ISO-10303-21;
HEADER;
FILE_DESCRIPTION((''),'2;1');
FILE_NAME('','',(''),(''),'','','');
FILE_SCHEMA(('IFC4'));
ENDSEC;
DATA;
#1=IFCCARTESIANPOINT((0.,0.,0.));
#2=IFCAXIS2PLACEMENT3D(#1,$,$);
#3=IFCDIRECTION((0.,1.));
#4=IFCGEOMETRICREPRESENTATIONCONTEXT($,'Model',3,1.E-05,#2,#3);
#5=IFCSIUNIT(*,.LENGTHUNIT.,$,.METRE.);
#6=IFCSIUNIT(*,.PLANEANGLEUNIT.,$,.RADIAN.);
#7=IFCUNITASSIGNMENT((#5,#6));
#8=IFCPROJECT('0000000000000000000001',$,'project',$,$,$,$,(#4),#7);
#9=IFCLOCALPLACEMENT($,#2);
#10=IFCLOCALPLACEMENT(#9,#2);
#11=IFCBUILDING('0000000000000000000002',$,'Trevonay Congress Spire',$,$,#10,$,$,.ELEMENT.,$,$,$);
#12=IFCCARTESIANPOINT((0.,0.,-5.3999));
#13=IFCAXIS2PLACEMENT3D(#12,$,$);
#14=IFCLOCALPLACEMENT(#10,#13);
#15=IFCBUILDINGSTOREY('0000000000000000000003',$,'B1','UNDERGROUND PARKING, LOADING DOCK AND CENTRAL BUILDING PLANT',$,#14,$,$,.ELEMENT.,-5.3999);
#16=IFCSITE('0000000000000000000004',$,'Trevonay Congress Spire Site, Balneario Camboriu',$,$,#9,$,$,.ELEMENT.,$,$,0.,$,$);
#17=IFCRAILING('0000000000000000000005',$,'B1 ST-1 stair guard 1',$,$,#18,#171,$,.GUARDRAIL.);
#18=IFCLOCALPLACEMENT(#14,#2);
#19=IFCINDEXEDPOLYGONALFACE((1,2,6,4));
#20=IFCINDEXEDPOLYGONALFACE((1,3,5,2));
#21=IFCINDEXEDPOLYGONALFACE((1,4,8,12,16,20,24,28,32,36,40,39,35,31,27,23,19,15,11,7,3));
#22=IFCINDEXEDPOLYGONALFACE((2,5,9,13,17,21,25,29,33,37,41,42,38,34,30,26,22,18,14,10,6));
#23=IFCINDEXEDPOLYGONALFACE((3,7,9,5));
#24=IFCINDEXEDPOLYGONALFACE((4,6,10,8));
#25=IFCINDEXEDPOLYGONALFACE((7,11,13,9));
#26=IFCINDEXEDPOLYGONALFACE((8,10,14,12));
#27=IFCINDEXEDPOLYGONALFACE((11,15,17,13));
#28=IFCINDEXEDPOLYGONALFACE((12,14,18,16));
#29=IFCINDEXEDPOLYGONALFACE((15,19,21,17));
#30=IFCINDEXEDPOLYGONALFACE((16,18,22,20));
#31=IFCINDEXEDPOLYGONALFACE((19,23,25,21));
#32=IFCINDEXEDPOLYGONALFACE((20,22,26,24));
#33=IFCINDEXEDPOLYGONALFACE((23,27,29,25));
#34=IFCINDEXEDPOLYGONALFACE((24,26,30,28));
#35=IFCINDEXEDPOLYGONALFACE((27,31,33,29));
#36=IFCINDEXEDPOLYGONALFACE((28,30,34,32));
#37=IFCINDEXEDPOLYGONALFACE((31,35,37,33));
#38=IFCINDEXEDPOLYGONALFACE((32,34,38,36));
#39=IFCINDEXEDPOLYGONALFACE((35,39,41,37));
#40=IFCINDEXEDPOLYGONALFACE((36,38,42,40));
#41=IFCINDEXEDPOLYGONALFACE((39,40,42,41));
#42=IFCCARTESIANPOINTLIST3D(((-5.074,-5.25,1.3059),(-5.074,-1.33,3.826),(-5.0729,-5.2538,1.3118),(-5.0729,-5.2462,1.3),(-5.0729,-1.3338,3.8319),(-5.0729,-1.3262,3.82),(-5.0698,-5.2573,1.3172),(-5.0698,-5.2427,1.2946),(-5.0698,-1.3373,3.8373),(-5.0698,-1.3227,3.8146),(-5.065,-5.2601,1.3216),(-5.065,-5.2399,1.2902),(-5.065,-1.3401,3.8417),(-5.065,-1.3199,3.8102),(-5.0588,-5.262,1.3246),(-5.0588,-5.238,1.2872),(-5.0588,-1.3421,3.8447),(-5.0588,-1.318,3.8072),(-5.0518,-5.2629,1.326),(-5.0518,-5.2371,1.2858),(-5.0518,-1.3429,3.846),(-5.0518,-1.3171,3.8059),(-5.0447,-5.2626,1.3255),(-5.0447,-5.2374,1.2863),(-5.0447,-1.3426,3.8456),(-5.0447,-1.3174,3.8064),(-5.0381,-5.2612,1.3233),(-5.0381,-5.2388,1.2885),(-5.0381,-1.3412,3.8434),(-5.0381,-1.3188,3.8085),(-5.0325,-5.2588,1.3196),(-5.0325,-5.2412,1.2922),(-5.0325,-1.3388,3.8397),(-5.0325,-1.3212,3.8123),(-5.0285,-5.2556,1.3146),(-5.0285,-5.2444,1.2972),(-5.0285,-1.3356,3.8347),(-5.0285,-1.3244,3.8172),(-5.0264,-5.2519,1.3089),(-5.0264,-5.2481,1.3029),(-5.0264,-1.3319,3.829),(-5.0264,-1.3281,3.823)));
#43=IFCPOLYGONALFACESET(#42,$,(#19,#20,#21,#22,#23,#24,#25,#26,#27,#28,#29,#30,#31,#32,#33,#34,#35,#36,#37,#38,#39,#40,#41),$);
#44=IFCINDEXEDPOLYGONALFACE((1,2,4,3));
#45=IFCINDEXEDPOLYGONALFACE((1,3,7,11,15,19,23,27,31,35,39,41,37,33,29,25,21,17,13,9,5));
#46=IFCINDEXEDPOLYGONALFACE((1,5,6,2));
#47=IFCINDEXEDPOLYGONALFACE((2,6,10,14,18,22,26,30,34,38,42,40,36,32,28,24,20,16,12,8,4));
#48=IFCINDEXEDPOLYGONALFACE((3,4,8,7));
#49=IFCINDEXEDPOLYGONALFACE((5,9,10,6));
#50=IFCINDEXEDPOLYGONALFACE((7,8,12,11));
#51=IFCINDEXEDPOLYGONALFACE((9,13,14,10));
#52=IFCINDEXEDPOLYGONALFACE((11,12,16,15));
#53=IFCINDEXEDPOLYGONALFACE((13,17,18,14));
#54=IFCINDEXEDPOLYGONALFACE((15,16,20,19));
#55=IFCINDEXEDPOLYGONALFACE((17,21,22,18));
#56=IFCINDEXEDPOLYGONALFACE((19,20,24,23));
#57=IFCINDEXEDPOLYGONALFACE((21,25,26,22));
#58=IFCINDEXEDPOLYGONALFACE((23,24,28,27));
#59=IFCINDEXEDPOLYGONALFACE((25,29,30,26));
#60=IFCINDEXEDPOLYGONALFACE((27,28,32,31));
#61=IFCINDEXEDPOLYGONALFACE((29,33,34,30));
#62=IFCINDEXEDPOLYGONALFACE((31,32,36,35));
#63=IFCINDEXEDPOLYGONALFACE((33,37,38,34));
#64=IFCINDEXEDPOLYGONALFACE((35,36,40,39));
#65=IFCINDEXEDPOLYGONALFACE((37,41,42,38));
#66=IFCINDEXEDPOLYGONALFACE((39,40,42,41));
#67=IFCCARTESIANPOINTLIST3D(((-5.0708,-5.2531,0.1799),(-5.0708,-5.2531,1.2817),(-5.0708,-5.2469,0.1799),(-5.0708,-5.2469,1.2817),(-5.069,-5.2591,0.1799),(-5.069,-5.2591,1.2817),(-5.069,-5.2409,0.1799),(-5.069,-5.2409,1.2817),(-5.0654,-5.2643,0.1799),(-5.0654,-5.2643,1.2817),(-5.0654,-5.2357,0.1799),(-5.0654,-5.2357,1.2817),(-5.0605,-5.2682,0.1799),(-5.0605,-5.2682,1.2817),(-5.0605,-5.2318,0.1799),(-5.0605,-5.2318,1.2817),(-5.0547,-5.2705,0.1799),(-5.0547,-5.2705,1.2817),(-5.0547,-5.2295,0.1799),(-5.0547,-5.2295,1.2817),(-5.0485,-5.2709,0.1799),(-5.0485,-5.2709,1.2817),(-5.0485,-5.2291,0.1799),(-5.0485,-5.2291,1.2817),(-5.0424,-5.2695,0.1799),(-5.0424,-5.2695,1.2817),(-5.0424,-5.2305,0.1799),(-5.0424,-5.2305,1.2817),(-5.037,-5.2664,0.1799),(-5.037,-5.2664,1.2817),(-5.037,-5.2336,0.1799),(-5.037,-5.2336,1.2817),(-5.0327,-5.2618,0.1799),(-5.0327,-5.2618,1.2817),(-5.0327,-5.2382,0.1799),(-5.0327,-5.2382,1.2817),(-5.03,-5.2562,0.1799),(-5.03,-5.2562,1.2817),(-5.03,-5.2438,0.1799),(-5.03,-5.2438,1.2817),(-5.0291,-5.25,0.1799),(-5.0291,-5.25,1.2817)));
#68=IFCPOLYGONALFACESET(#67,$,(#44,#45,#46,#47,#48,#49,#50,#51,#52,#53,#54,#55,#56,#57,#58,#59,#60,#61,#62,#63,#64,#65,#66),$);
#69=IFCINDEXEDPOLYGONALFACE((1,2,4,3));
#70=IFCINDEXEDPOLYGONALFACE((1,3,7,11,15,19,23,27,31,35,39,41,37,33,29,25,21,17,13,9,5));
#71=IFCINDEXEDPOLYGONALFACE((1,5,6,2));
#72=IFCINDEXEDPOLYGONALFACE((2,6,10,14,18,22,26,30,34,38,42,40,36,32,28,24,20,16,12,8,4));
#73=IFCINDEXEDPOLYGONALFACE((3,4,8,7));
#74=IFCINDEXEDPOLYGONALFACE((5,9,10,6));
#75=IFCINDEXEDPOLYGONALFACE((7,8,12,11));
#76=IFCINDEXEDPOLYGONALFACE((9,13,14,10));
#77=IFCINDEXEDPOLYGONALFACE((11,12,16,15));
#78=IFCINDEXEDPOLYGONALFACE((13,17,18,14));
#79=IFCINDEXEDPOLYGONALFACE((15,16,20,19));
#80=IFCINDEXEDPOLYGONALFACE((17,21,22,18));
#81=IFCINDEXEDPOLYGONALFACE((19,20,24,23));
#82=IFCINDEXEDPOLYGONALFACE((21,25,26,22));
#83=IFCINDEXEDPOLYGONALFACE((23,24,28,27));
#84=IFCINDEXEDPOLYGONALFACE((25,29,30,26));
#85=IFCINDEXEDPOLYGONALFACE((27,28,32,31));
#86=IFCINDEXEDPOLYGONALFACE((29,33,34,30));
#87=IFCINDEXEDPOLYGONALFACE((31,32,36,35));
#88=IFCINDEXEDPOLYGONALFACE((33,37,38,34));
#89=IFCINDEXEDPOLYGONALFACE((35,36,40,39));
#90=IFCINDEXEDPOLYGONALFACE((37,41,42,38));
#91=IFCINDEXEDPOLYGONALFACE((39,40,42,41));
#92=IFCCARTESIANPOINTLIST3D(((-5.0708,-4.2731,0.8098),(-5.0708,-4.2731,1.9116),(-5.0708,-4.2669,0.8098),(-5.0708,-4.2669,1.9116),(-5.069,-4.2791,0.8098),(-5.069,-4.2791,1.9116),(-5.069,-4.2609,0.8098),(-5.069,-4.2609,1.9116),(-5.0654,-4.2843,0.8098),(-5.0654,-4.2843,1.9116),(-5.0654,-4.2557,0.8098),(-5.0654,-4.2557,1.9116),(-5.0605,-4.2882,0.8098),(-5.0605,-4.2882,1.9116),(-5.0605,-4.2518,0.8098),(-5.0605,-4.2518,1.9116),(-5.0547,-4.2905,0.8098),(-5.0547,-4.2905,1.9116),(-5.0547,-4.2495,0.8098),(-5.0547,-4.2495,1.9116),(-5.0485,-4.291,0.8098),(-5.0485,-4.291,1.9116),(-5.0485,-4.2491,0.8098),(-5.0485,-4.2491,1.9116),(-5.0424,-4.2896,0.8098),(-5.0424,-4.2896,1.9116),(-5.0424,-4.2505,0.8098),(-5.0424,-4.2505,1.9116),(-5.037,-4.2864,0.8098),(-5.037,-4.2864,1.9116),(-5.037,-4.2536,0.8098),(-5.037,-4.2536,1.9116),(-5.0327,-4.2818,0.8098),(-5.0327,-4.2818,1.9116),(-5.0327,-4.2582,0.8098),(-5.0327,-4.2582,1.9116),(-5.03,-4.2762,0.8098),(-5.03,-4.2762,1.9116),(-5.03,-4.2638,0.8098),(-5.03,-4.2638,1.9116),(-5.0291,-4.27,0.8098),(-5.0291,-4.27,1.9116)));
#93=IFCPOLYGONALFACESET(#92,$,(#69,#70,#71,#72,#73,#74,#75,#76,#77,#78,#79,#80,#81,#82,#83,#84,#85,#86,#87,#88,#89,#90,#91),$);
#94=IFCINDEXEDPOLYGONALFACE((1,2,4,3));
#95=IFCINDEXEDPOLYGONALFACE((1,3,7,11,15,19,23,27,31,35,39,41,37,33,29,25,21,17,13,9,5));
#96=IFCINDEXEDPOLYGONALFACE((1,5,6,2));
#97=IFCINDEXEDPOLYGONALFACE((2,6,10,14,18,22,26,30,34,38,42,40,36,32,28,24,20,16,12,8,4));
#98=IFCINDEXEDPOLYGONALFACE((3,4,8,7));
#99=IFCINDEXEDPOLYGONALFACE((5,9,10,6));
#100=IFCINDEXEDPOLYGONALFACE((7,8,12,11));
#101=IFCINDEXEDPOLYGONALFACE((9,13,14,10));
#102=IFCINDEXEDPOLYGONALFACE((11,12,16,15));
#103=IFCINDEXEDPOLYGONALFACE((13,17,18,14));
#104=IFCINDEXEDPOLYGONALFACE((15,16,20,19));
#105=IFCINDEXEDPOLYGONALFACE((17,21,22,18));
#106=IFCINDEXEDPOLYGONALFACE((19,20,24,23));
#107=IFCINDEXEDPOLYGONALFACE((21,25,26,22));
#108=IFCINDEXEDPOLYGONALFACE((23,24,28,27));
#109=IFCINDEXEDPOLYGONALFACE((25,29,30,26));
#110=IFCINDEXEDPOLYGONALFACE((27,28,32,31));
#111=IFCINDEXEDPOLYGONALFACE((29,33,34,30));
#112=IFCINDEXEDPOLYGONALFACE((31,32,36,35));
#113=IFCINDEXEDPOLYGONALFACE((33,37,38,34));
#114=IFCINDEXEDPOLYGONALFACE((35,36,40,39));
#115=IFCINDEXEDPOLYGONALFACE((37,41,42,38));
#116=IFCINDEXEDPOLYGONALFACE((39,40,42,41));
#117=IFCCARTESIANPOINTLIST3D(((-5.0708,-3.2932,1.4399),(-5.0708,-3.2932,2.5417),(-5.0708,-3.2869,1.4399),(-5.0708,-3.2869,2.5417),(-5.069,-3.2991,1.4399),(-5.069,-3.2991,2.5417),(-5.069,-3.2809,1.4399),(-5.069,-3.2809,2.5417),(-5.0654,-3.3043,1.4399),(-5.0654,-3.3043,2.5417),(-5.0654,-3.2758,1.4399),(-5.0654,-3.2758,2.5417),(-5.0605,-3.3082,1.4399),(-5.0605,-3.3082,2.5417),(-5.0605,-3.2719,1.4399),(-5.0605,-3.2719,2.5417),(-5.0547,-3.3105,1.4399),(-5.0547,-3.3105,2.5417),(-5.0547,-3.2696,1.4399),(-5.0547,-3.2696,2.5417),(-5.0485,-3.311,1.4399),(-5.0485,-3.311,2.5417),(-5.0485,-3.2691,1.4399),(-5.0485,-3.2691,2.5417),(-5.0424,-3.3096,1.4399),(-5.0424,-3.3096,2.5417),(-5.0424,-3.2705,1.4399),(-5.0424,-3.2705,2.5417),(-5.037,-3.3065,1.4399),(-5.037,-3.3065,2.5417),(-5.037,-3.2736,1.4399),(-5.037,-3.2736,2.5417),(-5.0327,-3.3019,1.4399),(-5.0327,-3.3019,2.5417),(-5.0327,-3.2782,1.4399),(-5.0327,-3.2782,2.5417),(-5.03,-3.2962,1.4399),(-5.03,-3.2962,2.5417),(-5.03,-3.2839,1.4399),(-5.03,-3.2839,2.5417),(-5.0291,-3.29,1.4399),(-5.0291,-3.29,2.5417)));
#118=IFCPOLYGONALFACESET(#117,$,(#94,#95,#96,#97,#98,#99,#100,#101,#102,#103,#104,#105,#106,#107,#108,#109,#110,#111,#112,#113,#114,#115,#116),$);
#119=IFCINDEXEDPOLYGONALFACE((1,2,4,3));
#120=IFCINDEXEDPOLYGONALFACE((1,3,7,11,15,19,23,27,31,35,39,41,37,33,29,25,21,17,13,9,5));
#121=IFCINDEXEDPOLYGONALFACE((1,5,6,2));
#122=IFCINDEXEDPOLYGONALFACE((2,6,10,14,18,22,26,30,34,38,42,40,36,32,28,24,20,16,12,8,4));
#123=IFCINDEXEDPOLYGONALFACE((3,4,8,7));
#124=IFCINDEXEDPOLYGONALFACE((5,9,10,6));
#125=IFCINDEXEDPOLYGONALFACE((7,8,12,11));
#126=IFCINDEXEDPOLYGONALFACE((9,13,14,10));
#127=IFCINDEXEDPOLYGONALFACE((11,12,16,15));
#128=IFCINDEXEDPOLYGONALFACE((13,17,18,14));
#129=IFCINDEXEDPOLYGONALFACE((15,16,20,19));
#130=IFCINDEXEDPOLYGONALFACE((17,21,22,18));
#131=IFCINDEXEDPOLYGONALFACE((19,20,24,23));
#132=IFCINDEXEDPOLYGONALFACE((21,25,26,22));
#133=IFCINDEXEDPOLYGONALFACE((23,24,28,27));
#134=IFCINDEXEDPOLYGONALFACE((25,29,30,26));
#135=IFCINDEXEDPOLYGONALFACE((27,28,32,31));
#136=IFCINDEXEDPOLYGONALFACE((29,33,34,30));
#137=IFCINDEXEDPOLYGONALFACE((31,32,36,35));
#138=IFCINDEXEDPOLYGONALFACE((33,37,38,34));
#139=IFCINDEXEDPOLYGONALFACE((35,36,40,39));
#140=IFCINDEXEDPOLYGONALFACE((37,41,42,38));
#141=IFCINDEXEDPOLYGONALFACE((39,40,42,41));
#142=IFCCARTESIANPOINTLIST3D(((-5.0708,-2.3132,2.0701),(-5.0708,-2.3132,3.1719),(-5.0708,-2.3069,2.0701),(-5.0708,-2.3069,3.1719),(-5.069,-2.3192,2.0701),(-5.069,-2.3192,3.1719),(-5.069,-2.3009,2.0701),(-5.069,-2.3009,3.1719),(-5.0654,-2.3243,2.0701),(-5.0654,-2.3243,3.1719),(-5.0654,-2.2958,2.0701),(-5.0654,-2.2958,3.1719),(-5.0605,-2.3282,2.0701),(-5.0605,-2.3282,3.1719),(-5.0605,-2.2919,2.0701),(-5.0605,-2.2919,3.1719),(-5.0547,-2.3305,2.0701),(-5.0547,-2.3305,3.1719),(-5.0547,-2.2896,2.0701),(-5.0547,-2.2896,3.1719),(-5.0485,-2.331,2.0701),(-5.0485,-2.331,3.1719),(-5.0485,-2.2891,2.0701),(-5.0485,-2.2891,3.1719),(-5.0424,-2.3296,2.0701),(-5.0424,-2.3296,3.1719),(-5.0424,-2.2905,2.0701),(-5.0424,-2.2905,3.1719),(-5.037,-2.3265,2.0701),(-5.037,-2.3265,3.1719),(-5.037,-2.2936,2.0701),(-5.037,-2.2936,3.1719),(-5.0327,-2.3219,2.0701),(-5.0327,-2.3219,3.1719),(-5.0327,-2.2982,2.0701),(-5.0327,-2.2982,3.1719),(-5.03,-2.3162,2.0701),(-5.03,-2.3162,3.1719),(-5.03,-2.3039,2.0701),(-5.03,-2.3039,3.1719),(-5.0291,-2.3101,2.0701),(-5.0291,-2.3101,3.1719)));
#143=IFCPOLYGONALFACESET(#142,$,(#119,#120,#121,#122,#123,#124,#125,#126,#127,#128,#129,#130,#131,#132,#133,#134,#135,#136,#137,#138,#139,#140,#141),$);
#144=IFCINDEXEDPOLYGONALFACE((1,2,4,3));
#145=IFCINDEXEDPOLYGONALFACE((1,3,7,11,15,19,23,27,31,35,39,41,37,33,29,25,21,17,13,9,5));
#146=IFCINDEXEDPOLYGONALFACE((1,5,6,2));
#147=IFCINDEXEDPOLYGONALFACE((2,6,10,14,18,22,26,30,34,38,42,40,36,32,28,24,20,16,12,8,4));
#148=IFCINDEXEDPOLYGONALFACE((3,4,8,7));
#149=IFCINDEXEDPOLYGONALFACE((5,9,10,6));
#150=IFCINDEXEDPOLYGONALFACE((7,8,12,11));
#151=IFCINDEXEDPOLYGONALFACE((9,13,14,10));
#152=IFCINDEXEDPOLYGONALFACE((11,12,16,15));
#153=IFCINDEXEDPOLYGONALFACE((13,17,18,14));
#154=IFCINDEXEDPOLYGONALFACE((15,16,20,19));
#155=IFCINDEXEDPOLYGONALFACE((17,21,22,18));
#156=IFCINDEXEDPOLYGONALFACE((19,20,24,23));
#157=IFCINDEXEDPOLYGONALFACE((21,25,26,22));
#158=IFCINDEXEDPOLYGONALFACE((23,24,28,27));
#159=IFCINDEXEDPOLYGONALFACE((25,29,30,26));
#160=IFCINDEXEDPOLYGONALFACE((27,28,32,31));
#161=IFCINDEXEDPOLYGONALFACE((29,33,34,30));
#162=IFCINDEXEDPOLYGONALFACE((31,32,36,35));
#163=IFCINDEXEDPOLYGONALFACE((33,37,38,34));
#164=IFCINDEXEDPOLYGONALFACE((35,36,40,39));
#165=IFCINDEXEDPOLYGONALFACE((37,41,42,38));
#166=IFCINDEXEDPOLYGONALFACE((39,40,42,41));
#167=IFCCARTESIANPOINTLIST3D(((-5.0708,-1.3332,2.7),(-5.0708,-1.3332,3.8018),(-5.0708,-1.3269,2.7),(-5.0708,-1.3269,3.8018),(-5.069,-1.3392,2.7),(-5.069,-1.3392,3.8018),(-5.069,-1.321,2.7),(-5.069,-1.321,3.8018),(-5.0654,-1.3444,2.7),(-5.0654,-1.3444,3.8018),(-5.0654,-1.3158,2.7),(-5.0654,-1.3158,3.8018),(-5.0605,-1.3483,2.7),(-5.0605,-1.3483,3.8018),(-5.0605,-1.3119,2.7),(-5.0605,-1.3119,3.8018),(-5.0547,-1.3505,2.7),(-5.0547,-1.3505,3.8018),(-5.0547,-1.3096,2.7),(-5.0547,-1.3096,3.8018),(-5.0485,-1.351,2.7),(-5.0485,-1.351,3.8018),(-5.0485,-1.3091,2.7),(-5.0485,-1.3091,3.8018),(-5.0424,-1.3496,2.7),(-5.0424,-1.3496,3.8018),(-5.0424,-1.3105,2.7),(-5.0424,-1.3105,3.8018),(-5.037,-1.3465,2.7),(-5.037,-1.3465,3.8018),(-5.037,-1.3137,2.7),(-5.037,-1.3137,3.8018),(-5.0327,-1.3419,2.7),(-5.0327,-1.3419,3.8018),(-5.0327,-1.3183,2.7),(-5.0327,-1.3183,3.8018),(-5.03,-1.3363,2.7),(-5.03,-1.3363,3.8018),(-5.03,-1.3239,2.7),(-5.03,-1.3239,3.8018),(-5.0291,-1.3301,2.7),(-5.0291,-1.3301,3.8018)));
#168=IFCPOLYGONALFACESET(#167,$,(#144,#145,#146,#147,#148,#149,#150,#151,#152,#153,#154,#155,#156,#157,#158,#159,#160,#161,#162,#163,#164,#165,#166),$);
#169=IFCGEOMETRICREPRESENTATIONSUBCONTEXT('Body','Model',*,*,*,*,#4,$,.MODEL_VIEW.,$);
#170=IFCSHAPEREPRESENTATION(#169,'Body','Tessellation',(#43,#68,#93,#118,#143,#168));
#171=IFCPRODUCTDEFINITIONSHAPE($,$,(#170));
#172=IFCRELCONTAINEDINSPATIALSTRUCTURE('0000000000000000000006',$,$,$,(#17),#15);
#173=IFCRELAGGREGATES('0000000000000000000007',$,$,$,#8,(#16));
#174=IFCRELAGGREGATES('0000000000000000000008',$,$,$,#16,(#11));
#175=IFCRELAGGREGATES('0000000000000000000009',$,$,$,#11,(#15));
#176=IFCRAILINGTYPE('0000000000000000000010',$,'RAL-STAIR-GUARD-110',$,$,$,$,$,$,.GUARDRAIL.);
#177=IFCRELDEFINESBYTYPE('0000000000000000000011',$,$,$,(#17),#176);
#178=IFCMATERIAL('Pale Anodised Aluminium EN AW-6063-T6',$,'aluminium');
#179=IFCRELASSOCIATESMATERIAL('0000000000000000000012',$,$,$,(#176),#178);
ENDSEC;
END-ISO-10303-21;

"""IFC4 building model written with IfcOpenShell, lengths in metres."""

from ifc_helpers import new_model, si_unit, direction, frame, origin, origin_2d, place, context, subcontext, project, spatial, circle, extrude, material, type_object, element, save


model = new_model("IFC4")

# Units and contexts
model_context = context("Model", 3, precision=1e-05, world=origin(), true_north=direction((0.0, 1.0)))
body_context = subcontext(model_context, "Body", "Model", "MODEL_VIEW")
ifc_project = project(units=[si_unit("LENGTHUNIT", "METRE"), si_unit("PLANEANGLEUNIT", "RADIAN")], contexts=[model_context])

# Site, building, storey
site_placement = place(None, origin())
site = spatial("IfcSite", under=ifc_project, at=site_placement, Name="Trevonay Congress Spire Site, Balneario Camboriu", CompositionType="ELEMENT", RefElevation=0.0)
building_placement = place(site_placement, origin())
building = spatial("IfcBuilding", under=site, at=building_placement, Name="Trevonay Congress Spire", CompositionType="ELEMENT")
storey_placement = place(building_placement, frame((0.0, 0.0, -5.3999)))
storey = spatial("IfcBuildingStorey", under=building, at=storey_placement, Name="B1", Description="UNDERGROUND PARKING, LOADING DOCK AND CENTRAL BUILDING PLANT", CompositionType="ELEMENT", Elevation=-5.3999)

# Railing
ifc_material_1 = material(Name="Pale Anodised Aluminium EN AW-6063-T6", Category="aluminium")
railing_type_1 = type_object("IfcRailingType", Name="RAL-STAIR-GUARD-110", PredefinedType="GUARDRAIL", material=ifc_material_1)
railing_1_placement = place(storey_placement, frame((-5.05, -5.25, 0.1799)))
element("IfcRailing", 1, at=railing_1_placement, inside=storey, type_object=railing_type_1, Name="B1 ST-1 stair guard 1", PredefinedType="GUARDRAIL", context=body_context, shape_type="SweptSolid", body=[
    extrude(circle(Radius=0.0239, at=origin_2d()), frame((0.0, 0.0, 1.126), z_axis=(0.0, 0.841172, 0.540768), x_axis=(-1.0, 0.0, 0.0)), (0.0, 0.0, 1.0), 4.6602),
    extrude(circle(Radius=0.021, at=origin_2d()), origin(), (0.0, 0.0, 1.0), 1.1018),
    extrude(circle(Radius=0.021, at=origin_2d()), frame((0.0, 0.98, 0.6299)), (0.0, 0.0, 1.0), 1.1018),
    extrude(circle(Radius=0.021, at=origin_2d()), frame((0.0, 1.96, 1.26)), (0.0, 0.0, 1.0), 1.1018),
    extrude(circle(Radius=0.021, at=origin_2d()), frame((0.0, 2.9399, 1.8901)), (0.0, 0.0, 1.0), 1.1018),
    extrude(circle(Radius=0.021, at=origin_2d()), frame((0.0, 3.9199, 2.52)), (0.0, 0.0, 1.0), 1.1018),
])

save(model, "model.ifc")
